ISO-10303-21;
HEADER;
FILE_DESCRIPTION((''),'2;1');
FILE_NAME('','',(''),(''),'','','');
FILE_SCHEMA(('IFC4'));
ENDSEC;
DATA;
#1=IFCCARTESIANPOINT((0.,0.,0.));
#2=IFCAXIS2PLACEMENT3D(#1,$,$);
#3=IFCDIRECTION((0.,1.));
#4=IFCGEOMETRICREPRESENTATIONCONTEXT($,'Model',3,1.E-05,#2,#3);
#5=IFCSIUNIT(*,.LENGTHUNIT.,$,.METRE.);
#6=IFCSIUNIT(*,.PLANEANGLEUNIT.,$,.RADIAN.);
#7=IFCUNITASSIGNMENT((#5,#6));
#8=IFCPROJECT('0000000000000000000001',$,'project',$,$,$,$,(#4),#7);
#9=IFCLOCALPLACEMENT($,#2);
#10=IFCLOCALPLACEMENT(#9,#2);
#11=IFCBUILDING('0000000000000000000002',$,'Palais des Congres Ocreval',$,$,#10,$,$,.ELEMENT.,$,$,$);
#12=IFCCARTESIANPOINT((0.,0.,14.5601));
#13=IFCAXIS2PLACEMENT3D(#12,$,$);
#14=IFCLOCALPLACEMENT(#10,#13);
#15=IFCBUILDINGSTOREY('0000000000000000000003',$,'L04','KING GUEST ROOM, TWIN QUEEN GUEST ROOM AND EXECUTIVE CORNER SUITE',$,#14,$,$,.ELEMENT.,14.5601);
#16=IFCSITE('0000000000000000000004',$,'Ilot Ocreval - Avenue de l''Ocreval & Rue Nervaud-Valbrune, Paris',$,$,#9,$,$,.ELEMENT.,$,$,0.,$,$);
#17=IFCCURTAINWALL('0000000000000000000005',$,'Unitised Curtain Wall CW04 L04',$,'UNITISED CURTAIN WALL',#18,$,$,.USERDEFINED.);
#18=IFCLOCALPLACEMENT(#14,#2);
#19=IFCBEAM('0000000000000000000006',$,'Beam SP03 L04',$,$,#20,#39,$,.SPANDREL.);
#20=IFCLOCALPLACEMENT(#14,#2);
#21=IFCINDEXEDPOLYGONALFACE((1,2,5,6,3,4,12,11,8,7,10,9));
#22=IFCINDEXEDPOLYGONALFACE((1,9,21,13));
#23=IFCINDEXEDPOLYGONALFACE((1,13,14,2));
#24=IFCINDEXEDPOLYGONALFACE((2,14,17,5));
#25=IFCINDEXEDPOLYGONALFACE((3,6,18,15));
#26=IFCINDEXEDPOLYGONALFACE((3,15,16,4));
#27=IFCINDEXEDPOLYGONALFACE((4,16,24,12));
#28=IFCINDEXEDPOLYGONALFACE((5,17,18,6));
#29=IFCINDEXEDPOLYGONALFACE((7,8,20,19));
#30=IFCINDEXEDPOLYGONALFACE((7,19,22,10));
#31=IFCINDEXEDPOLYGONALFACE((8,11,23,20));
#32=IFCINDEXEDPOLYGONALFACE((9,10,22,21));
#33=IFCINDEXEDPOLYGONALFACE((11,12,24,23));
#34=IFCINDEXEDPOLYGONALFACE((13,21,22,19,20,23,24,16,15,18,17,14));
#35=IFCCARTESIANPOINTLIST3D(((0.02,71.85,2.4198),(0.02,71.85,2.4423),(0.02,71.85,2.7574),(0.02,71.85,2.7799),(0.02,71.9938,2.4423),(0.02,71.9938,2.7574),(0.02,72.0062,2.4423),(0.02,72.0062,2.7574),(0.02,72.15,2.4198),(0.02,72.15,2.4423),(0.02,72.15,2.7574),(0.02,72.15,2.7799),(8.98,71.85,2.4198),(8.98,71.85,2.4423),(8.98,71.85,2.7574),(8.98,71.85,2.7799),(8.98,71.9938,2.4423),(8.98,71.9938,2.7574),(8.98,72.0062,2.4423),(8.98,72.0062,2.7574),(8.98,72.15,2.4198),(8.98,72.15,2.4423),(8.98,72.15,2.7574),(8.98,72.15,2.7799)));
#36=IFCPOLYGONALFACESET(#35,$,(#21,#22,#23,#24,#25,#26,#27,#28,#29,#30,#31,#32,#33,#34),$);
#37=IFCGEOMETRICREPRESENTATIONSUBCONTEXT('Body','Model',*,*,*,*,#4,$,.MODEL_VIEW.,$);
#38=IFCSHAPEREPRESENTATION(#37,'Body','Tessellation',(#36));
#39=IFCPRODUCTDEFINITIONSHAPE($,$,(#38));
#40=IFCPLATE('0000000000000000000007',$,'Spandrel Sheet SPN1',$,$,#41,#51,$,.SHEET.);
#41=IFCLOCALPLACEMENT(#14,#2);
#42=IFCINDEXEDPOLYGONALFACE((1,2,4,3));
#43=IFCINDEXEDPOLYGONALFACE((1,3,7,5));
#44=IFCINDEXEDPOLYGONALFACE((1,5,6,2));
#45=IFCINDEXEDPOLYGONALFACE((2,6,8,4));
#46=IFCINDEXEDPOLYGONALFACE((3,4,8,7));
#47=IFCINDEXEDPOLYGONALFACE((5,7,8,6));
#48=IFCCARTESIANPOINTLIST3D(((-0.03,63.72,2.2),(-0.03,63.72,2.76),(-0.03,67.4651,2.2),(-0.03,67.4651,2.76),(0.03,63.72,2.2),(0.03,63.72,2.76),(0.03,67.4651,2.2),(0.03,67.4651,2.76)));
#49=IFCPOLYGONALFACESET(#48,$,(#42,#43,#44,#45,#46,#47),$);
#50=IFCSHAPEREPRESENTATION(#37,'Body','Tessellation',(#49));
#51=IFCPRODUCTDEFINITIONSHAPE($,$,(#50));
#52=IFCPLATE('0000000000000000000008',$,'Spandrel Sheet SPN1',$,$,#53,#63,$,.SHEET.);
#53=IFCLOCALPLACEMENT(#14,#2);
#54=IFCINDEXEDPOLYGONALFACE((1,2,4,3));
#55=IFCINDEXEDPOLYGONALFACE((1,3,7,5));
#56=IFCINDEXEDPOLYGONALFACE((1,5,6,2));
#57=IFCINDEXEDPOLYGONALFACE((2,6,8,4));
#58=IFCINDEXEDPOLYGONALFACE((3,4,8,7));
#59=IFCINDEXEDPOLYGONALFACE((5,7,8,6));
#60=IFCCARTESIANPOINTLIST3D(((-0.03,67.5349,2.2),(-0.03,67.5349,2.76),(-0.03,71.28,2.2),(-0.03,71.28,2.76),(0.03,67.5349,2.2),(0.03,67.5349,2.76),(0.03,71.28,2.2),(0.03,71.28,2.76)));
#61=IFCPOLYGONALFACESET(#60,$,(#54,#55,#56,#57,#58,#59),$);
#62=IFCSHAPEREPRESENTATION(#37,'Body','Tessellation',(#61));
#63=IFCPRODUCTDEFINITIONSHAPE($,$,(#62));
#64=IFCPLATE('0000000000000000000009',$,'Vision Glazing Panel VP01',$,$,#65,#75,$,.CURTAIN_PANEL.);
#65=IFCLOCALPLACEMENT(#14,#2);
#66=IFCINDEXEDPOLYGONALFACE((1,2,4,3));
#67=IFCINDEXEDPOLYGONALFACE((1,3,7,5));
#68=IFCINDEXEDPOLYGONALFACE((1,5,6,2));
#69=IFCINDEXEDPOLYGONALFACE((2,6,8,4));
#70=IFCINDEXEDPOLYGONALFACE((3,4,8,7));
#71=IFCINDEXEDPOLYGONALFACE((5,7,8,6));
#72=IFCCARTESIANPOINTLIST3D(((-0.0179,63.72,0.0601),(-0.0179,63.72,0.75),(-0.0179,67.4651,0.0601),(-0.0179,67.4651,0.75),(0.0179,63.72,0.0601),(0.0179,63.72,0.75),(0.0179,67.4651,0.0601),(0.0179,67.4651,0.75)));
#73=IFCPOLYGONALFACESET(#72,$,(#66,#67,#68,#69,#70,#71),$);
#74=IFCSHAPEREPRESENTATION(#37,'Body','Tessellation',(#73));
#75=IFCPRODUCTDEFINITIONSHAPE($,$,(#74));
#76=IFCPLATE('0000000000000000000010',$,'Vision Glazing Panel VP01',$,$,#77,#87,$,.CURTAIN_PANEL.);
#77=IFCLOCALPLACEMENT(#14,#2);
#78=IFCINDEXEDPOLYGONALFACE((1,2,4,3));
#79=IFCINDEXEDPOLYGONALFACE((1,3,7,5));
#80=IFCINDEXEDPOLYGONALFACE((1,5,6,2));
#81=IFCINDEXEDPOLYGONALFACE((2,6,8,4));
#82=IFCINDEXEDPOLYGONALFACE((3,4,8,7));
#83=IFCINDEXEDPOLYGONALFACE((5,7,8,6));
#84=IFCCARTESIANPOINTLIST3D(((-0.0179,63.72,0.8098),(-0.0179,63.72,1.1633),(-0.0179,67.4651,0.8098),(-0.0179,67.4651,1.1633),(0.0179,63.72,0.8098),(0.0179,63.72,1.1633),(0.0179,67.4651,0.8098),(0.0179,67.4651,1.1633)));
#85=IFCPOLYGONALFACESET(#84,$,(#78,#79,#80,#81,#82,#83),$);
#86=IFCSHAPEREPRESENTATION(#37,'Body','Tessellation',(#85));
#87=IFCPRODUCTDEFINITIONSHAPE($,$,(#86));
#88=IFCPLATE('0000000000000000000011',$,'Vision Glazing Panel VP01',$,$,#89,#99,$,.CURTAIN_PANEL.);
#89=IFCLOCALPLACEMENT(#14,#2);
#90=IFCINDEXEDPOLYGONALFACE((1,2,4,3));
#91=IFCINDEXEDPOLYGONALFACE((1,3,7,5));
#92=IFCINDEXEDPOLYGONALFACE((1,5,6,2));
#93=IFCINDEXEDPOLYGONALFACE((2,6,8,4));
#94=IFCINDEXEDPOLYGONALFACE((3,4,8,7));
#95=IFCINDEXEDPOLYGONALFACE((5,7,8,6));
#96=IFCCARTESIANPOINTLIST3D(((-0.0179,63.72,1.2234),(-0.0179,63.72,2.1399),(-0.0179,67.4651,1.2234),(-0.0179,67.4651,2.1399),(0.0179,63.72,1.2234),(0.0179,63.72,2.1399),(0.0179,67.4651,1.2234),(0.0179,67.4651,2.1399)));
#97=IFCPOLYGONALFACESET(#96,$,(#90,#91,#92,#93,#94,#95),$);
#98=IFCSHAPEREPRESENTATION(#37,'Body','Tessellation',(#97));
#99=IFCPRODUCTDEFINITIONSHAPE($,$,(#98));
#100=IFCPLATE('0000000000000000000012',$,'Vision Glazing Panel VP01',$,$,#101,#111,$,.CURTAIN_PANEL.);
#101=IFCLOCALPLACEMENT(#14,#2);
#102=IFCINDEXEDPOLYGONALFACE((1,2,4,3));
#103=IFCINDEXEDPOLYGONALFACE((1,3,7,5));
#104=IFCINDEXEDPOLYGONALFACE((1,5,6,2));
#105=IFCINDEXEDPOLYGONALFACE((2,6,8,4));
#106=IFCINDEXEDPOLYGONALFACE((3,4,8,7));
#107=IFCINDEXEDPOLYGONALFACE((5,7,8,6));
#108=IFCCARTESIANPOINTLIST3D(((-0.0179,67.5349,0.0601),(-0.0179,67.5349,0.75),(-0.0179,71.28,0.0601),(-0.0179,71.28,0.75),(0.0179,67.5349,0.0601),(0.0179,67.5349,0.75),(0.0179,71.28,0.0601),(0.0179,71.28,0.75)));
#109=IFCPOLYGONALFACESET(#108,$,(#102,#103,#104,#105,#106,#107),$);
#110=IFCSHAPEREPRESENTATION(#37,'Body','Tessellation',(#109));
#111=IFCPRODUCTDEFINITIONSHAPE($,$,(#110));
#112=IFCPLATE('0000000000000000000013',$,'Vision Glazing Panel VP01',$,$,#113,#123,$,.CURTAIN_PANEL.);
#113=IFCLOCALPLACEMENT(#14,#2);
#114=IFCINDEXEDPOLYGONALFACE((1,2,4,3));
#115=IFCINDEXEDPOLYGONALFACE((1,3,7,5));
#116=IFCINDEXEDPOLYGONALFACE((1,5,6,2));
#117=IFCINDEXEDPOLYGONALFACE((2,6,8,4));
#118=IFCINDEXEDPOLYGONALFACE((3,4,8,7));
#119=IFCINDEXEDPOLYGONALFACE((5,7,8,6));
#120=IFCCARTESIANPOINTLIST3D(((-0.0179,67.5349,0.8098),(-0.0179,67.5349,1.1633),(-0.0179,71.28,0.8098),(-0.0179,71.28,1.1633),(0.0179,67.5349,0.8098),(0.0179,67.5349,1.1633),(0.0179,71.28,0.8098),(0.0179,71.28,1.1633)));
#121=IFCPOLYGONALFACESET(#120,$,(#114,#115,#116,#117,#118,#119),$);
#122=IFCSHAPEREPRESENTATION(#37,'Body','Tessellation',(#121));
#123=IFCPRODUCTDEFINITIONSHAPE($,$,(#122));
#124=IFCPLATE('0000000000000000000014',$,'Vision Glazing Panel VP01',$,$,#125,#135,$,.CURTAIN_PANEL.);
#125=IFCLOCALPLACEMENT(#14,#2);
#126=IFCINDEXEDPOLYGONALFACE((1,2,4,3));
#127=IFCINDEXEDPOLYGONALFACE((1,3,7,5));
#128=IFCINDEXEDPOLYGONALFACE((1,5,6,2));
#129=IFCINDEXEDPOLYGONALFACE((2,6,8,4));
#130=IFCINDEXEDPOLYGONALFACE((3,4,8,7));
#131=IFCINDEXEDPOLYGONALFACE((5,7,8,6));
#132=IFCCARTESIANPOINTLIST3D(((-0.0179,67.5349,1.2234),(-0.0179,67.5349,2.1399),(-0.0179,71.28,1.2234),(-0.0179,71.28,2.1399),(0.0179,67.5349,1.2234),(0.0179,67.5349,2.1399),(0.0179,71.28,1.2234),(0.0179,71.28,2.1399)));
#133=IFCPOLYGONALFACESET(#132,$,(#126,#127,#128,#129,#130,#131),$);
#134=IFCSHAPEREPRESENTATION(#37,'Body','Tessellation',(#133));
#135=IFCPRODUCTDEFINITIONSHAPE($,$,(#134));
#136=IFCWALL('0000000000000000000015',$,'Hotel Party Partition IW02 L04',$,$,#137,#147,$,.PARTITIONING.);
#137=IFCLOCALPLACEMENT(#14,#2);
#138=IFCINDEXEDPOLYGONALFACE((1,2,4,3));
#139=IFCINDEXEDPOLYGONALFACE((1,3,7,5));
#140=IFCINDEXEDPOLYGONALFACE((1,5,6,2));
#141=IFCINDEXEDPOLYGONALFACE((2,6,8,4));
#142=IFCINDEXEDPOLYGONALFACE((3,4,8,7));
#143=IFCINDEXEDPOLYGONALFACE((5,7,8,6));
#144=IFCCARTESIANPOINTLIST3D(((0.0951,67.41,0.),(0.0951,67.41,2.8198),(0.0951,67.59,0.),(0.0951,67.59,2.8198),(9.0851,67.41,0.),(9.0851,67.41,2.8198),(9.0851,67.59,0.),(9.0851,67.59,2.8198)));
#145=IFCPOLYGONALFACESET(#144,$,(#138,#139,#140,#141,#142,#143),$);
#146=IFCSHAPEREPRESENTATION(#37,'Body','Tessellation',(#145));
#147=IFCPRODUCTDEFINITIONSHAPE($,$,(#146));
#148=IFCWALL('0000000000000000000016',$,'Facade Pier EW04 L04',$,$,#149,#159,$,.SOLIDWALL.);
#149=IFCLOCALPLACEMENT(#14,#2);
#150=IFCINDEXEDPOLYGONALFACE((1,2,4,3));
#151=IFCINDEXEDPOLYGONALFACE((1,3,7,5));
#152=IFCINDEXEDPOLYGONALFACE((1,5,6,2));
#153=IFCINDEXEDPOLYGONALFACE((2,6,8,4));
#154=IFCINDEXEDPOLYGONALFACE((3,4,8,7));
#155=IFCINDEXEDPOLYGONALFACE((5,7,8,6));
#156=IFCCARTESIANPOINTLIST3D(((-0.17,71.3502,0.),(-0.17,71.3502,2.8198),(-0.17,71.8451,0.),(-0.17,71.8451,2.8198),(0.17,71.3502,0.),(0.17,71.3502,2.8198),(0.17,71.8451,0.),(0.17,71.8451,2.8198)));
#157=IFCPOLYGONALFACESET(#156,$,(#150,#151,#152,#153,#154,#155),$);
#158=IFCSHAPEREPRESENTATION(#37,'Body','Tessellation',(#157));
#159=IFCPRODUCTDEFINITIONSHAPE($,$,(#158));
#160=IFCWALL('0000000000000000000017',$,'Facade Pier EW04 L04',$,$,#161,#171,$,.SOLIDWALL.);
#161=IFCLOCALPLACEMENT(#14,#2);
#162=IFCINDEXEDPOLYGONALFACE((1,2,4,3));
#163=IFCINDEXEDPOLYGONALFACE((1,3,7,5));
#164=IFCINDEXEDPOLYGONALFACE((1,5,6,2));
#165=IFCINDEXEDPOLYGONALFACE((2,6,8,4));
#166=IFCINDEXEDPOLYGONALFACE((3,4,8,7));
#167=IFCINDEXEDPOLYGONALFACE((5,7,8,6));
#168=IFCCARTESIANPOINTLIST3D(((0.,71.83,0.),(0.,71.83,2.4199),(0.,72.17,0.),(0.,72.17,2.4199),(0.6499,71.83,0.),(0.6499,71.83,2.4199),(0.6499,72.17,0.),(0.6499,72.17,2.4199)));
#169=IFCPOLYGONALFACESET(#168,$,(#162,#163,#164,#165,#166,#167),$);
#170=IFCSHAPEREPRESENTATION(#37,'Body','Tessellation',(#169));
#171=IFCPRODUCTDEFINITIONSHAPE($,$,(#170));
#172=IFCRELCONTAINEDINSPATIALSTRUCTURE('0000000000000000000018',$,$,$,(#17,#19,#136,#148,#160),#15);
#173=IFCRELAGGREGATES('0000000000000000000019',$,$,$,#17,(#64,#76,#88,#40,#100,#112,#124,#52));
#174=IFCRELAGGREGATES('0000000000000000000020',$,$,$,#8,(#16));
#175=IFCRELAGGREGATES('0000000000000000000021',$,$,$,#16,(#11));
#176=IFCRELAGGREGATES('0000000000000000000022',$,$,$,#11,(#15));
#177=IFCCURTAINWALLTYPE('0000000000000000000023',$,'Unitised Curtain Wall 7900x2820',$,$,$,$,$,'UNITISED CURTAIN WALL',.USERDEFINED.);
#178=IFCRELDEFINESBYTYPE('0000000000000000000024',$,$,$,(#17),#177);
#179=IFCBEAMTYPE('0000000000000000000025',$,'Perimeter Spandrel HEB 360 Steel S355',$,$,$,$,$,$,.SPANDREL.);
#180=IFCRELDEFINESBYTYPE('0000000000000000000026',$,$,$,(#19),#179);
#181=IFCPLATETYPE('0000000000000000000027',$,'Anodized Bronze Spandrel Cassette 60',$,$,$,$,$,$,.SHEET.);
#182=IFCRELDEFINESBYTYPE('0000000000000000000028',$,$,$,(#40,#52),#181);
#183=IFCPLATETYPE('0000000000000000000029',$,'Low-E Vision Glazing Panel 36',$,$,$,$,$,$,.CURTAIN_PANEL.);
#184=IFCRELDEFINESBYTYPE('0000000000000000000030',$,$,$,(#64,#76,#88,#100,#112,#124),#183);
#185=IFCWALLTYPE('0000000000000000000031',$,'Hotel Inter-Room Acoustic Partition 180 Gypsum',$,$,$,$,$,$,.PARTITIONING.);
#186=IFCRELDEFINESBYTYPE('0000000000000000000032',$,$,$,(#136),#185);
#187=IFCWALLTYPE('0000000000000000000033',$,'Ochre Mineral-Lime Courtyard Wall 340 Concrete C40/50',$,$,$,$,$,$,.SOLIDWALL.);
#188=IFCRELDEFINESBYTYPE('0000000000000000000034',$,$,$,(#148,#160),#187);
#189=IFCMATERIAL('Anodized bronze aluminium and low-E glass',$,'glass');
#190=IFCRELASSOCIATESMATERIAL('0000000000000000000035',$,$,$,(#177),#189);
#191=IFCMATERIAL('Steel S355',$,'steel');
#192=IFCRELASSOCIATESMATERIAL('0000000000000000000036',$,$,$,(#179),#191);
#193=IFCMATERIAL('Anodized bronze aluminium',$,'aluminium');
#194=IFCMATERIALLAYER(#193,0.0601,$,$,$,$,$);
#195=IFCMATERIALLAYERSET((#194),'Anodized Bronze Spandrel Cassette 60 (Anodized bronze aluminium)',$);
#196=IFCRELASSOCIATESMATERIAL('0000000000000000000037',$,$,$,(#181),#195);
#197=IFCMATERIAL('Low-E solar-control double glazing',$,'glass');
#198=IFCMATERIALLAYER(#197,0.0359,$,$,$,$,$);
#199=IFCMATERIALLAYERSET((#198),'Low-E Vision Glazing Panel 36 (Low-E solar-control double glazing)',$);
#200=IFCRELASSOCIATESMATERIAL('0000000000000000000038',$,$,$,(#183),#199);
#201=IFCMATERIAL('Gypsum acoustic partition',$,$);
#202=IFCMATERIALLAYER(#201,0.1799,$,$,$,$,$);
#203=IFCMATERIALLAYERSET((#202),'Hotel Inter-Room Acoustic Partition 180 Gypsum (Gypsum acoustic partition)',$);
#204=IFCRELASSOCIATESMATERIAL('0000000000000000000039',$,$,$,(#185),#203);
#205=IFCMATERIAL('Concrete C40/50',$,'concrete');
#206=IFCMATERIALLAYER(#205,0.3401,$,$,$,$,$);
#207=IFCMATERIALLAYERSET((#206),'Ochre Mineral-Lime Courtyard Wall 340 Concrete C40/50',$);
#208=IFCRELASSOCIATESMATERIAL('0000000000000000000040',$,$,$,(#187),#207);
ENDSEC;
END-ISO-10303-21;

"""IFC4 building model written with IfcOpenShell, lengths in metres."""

from ifc_helpers import new_model, si_unit, direction, frame, frame_2d, origin, origin_2d, place, context, subcontext, project, spatial, rectangle, i_section, extrude, material, layer, layer_set, material_profile, profile_set, type_object, element, aggregate, save


model = new_model("IFC4")

# Units and contexts
model_context = context("Model", 3, precision=1e-05, world=origin(), true_north=direction((0.0, 1.0)))
body_context = subcontext(model_context, "Body", "Model", "MODEL_VIEW")
ifc_project = project(units=[si_unit("LENGTHUNIT", "METRE"), si_unit("PLANEANGLEUNIT", "RADIAN")], contexts=[model_context])

# Site, building, storey
site_placement = place(None, origin())
site = spatial("IfcSite", under=ifc_project, at=site_placement, Name="Ilot Ocreval - Avenue de l'Ocreval & Rue Nervaud-Valbrune, Paris", CompositionType="ELEMENT", RefElevation=0.0)
building_placement = place(site_placement, origin())
building = spatial("IfcBuilding", under=site, at=building_placement, Name="Palais des Congres Ocreval", CompositionType="ELEMENT")
storey_placement = place(building_placement, frame((0.0, 0.0, 14.5601)))
storey = spatial("IfcBuildingStorey", under=building, at=storey_placement, Name="L04", Description="KING GUEST ROOM, TWIN QUEEN GUEST ROOM AND EXECUTIVE CORNER SUITE", CompositionType="ELEMENT", Elevation=14.5601)

# Shared definitions
ifc_material_1 = material(Name="Steel S355", Category="steel")

# Shared definitions
ifc_material_2 = material(Name="Anodized bronze aluminium and low-E glass", Category="glass")
curtain_wall_type = type_object("IfcCurtainWallType", Name="Unitised Curtain Wall 7900x2820", ElementType="UNITISED CURTAIN WALL", PredefinedType="USERDEFINED", material=ifc_material_2)
ifc_material_3 = material(Name="Anodized bronze aluminium", Category="aluminium")

# Curtain wall
curtain_wall_1_placement = place(storey_placement, origin())
curtain_wall_1 = element("IfcCurtainWall", 1, at=curtain_wall_1_placement, inside=storey, type_object=curtain_wall_type, Name="Unitised Curtain Wall CW04 L04", ObjectType="UNITISED CURTAIN WALL", PredefinedType="USERDEFINED")

# Beam
ifc_material_profile_1 = material_profile(ifc_material_1, i_section(OverallWidth=0.3, OverallDepth=0.3601, WebThickness=0.0125, FlangeThickness=0.0225, at=origin_2d()), Name="HEB 360")
ifc_profile_set_1 = profile_set([ifc_material_profile_1], Name="Steel S355")
beam_type = type_object("IfcBeamType", Name="Perimeter Spandrel HEB 360 Steel S355", PredefinedType="SPANDREL", material=ifc_profile_set_1)
beam_placement = place(storey_placement, frame((0.02, 72.0, 2.5999), z_axis=(1.0, 0.0, 0.0), x_axis=(0.0, 1.0, 0.0)))
element("IfcBeam", 2, at=beam_placement, inside=storey, type_object=beam_type, Name="Beam SP03 L04", PredefinedType="SPANDREL", context=body_context, shape_type="SweptSolid", body=[
    extrude(i_section(OverallWidth=0.3, OverallDepth=0.3601, WebThickness=0.0125, FlangeThickness=0.0225, at=origin_2d()), origin(), (0.0, 0.0, 1.0), 8.96),
])

# Plates
ifc_layer_1 = layer(ifc_material_3, 0.0601)
ifc_layer_set_1 = layer_set([ifc_layer_1], Name="Anodized Bronze Spandrel Cassette 60 (Anodized bronze aluminium)")
plate_type_1 = type_object("IfcPlateType", Name="Anodized Bronze Spandrel Cassette 60", PredefinedType="SHEET", material=ifc_layer_set_1)
plate_1_placement = place(storey_placement, frame((0.0, 65.5925, 2.2), z_axis=(0.0, 0.0, 1.0), x_axis=(0.0, 1.0, 0.0)))
plate_1 = element("IfcPlate", 3, at=plate_1_placement, type_object=plate_type_1, Name="Spandrel Sheet SPN1", PredefinedType="SHEET", context=body_context, shape_type="SweptSolid", body=[
    extrude(rectangle(XDim=3.7451, YDim=0.0601, at=origin_2d()), origin(), (0.0, 0.0, 1.0), 0.5601),
])
plate_2_placement = place(storey_placement, frame((0.0, 69.4075, 2.2), z_axis=(0.0, 0.0, 1.0), x_axis=(0.0, 1.0, 0.0)))
plate_2 = element("IfcPlate", 4, at=plate_2_placement, type_object=plate_type_1, Name="Spandrel Sheet SPN1", PredefinedType="SHEET", context=body_context, shape_type="SweptSolid", body=[
    extrude(rectangle(XDim=3.7451, YDim=0.0601, at=origin_2d()), origin(), (0.0, 0.0, 1.0), 0.5601),
])
ifc_material_4 = material(Name="Low-E solar-control double glazing", Category="glass")
ifc_layer_2 = layer(ifc_material_4, 0.0359)
ifc_layer_set_2 = layer_set([ifc_layer_2], Name="Low-E Vision Glazing Panel 36 (Low-E solar-control double glazing)")
plate_type_2 = type_object("IfcPlateType", Name="Low-E Vision Glazing Panel 36", PredefinedType="CURTAIN_PANEL", material=ifc_layer_set_2)
plate_3_placement = place(storey_placement, frame((0.0, 65.5925, 0.0601), z_axis=(0.0, 0.0, 1.0), x_axis=(0.0, 1.0, 0.0)))
plate_3 = element("IfcPlate", 5, at=plate_3_placement, type_object=plate_type_2, Name="Vision Glazing Panel VP01", PredefinedType="CURTAIN_PANEL", context=body_context, shape_type="SweptSolid", body=[
    extrude(rectangle(XDim=3.7451, YDim=0.0359, at=origin_2d()), origin(), (0.0, 0.0, 1.0), 0.6899),
])
plate_4_placement = place(storey_placement, frame((0.0, 65.5925, 0.8098), z_axis=(0.0, 0.0, 1.0), x_axis=(0.0, 1.0, 0.0)))
plate_4 = element("IfcPlate", 6, at=plate_4_placement, type_object=plate_type_2, Name="Vision Glazing Panel VP01", PredefinedType="CURTAIN_PANEL", context=body_context, shape_type="SweptSolid", body=[
    extrude(rectangle(XDim=3.7451, YDim=0.0359, at=origin_2d()), origin(), (0.0, 0.0, 1.0), 0.3535),
])
plate_5_placement = place(storey_placement, frame((0.0, 65.5925, 1.2234), z_axis=(0.0, 0.0, 1.0), x_axis=(0.0, 1.0, 0.0)))
plate_5 = element("IfcPlate", 7, at=plate_5_placement, type_object=plate_type_2, Name="Vision Glazing Panel VP01", PredefinedType="CURTAIN_PANEL", context=body_context, shape_type="SweptSolid", body=[
    extrude(rectangle(XDim=3.7451, YDim=0.0359, at=origin_2d()), origin(), (0.0, 0.0, 1.0), 0.9165),
])
plate_6_placement = place(storey_placement, frame((0.0, 69.4075, 0.0601), z_axis=(0.0, 0.0, 1.0), x_axis=(0.0, 1.0, 0.0)))
plate_6 = element("IfcPlate", 8, at=plate_6_placement, type_object=plate_type_2, Name="Vision Glazing Panel VP01", PredefinedType="CURTAIN_PANEL", context=body_context, shape_type="SweptSolid", body=[
    extrude(rectangle(XDim=3.7451, YDim=0.0359, at=origin_2d()), origin(), (0.0, 0.0, 1.0), 0.6899),
])
plate_7_placement = place(storey_placement, frame((0.0, 69.4075, 0.8098), z_axis=(0.0, 0.0, 1.0), x_axis=(0.0, 1.0, 0.0)))
plate_7 = element("IfcPlate", 9, at=plate_7_placement, type_object=plate_type_2, Name="Vision Glazing Panel VP01", PredefinedType="CURTAIN_PANEL", context=body_context, shape_type="SweptSolid", body=[
    extrude(rectangle(XDim=3.7451, YDim=0.0359, at=origin_2d()), origin(), (0.0, 0.0, 1.0), 0.3535),
])
plate_8_placement = place(storey_placement, frame((0.0, 69.4075, 1.2234), z_axis=(0.0, 0.0, 1.0), x_axis=(0.0, 1.0, 0.0)))
plate_8 = element("IfcPlate", 10, at=plate_8_placement, type_object=plate_type_2, Name="Vision Glazing Panel VP01", PredefinedType="CURTAIN_PANEL", context=body_context, shape_type="SweptSolid", body=[
    extrude(rectangle(XDim=3.7451, YDim=0.0359, at=origin_2d()), origin(), (0.0, 0.0, 1.0), 0.9165),
])
aggregate(curtain_wall_1, [plate_3, plate_4, plate_5, plate_1, plate_6, plate_7, plate_8, plate_2])

# Walls
ifc_material_5 = material(Name="Gypsum acoustic partition")
ifc_layer_3 = layer(ifc_material_5, 0.1799)
ifc_layer_set_3 = layer_set([ifc_layer_3], Name="Hotel Inter-Room Acoustic Partition 180 Gypsum (Gypsum acoustic partition)")
wall_type_1 = type_object("IfcWallType", Name="Hotel Inter-Room Acoustic Partition 180 Gypsum", PredefinedType="PARTITIONING", material=ifc_layer_set_3)
wall_1_placement = place(storey_placement, frame((0.095, 67.5, 0.0), z_axis=(0.0, 0.0, 1.0), x_axis=(1.0, 0.0, 0.0)))
element("IfcWall", 11, at=wall_1_placement, inside=storey, type_object=wall_type_1, Name="Hotel Party Partition IW02 L04", PredefinedType="PARTITIONING", context=body_context, shape_type="SweptSolid", body=[
    extrude(rectangle(XDim=8.99, YDim=0.1799, at=frame_2d((4.4951, 0.0))), origin(), (0.0, 0.0, 1.0), 2.8198),
])
ifc_material_6 = material(Name="Concrete C40/50", Category="concrete")
ifc_layer_4 = layer(ifc_material_6, 0.3401)
ifc_layer_set_4 = layer_set([ifc_layer_4], Name="Ochre Mineral-Lime Courtyard Wall 340 Concrete C40/50")
wall_type_2 = type_object("IfcWallType", Name="Ochre Mineral-Lime Courtyard Wall 340 Concrete C40/50", PredefinedType="SOLIDWALL", material=ifc_layer_set_4)
wall_2_placement = place(storey_placement, frame((0.0, 71.3501, 0.0), z_axis=(0.0, 0.0, 1.0), x_axis=(0.0, 1.0, 0.0)))
element("IfcWall", 12, at=wall_2_placement, inside=storey, type_object=wall_type_2, Name="Facade Pier EW04 L04", PredefinedType="SOLIDWALL", context=body_context, shape_type="SweptSolid", body=[
    extrude(rectangle(XDim=0.4949, YDim=0.3401, at=frame_2d((0.2476, 0.0))), origin(), (0.0, 0.0, 1.0), 2.8198),
])
wall_3_placement = place(storey_placement, frame((0.0, 72.0, 0.0), z_axis=(0.0, 0.0, 1.0), x_axis=(1.0, 0.0, 0.0)))
element("IfcWall", 13, at=wall_3_placement, inside=storey, type_object=wall_type_2, Name="Facade Pier EW04 L04", PredefinedType="SOLIDWALL", context=body_context, shape_type="SweptSolid", body=[
    extrude(rectangle(XDim=0.6499, YDim=0.3401, at=frame_2d((0.325, 0.0))), origin(), (0.0, 0.0, 1.0), 2.4199),
])

save(model, "model.ifc")
